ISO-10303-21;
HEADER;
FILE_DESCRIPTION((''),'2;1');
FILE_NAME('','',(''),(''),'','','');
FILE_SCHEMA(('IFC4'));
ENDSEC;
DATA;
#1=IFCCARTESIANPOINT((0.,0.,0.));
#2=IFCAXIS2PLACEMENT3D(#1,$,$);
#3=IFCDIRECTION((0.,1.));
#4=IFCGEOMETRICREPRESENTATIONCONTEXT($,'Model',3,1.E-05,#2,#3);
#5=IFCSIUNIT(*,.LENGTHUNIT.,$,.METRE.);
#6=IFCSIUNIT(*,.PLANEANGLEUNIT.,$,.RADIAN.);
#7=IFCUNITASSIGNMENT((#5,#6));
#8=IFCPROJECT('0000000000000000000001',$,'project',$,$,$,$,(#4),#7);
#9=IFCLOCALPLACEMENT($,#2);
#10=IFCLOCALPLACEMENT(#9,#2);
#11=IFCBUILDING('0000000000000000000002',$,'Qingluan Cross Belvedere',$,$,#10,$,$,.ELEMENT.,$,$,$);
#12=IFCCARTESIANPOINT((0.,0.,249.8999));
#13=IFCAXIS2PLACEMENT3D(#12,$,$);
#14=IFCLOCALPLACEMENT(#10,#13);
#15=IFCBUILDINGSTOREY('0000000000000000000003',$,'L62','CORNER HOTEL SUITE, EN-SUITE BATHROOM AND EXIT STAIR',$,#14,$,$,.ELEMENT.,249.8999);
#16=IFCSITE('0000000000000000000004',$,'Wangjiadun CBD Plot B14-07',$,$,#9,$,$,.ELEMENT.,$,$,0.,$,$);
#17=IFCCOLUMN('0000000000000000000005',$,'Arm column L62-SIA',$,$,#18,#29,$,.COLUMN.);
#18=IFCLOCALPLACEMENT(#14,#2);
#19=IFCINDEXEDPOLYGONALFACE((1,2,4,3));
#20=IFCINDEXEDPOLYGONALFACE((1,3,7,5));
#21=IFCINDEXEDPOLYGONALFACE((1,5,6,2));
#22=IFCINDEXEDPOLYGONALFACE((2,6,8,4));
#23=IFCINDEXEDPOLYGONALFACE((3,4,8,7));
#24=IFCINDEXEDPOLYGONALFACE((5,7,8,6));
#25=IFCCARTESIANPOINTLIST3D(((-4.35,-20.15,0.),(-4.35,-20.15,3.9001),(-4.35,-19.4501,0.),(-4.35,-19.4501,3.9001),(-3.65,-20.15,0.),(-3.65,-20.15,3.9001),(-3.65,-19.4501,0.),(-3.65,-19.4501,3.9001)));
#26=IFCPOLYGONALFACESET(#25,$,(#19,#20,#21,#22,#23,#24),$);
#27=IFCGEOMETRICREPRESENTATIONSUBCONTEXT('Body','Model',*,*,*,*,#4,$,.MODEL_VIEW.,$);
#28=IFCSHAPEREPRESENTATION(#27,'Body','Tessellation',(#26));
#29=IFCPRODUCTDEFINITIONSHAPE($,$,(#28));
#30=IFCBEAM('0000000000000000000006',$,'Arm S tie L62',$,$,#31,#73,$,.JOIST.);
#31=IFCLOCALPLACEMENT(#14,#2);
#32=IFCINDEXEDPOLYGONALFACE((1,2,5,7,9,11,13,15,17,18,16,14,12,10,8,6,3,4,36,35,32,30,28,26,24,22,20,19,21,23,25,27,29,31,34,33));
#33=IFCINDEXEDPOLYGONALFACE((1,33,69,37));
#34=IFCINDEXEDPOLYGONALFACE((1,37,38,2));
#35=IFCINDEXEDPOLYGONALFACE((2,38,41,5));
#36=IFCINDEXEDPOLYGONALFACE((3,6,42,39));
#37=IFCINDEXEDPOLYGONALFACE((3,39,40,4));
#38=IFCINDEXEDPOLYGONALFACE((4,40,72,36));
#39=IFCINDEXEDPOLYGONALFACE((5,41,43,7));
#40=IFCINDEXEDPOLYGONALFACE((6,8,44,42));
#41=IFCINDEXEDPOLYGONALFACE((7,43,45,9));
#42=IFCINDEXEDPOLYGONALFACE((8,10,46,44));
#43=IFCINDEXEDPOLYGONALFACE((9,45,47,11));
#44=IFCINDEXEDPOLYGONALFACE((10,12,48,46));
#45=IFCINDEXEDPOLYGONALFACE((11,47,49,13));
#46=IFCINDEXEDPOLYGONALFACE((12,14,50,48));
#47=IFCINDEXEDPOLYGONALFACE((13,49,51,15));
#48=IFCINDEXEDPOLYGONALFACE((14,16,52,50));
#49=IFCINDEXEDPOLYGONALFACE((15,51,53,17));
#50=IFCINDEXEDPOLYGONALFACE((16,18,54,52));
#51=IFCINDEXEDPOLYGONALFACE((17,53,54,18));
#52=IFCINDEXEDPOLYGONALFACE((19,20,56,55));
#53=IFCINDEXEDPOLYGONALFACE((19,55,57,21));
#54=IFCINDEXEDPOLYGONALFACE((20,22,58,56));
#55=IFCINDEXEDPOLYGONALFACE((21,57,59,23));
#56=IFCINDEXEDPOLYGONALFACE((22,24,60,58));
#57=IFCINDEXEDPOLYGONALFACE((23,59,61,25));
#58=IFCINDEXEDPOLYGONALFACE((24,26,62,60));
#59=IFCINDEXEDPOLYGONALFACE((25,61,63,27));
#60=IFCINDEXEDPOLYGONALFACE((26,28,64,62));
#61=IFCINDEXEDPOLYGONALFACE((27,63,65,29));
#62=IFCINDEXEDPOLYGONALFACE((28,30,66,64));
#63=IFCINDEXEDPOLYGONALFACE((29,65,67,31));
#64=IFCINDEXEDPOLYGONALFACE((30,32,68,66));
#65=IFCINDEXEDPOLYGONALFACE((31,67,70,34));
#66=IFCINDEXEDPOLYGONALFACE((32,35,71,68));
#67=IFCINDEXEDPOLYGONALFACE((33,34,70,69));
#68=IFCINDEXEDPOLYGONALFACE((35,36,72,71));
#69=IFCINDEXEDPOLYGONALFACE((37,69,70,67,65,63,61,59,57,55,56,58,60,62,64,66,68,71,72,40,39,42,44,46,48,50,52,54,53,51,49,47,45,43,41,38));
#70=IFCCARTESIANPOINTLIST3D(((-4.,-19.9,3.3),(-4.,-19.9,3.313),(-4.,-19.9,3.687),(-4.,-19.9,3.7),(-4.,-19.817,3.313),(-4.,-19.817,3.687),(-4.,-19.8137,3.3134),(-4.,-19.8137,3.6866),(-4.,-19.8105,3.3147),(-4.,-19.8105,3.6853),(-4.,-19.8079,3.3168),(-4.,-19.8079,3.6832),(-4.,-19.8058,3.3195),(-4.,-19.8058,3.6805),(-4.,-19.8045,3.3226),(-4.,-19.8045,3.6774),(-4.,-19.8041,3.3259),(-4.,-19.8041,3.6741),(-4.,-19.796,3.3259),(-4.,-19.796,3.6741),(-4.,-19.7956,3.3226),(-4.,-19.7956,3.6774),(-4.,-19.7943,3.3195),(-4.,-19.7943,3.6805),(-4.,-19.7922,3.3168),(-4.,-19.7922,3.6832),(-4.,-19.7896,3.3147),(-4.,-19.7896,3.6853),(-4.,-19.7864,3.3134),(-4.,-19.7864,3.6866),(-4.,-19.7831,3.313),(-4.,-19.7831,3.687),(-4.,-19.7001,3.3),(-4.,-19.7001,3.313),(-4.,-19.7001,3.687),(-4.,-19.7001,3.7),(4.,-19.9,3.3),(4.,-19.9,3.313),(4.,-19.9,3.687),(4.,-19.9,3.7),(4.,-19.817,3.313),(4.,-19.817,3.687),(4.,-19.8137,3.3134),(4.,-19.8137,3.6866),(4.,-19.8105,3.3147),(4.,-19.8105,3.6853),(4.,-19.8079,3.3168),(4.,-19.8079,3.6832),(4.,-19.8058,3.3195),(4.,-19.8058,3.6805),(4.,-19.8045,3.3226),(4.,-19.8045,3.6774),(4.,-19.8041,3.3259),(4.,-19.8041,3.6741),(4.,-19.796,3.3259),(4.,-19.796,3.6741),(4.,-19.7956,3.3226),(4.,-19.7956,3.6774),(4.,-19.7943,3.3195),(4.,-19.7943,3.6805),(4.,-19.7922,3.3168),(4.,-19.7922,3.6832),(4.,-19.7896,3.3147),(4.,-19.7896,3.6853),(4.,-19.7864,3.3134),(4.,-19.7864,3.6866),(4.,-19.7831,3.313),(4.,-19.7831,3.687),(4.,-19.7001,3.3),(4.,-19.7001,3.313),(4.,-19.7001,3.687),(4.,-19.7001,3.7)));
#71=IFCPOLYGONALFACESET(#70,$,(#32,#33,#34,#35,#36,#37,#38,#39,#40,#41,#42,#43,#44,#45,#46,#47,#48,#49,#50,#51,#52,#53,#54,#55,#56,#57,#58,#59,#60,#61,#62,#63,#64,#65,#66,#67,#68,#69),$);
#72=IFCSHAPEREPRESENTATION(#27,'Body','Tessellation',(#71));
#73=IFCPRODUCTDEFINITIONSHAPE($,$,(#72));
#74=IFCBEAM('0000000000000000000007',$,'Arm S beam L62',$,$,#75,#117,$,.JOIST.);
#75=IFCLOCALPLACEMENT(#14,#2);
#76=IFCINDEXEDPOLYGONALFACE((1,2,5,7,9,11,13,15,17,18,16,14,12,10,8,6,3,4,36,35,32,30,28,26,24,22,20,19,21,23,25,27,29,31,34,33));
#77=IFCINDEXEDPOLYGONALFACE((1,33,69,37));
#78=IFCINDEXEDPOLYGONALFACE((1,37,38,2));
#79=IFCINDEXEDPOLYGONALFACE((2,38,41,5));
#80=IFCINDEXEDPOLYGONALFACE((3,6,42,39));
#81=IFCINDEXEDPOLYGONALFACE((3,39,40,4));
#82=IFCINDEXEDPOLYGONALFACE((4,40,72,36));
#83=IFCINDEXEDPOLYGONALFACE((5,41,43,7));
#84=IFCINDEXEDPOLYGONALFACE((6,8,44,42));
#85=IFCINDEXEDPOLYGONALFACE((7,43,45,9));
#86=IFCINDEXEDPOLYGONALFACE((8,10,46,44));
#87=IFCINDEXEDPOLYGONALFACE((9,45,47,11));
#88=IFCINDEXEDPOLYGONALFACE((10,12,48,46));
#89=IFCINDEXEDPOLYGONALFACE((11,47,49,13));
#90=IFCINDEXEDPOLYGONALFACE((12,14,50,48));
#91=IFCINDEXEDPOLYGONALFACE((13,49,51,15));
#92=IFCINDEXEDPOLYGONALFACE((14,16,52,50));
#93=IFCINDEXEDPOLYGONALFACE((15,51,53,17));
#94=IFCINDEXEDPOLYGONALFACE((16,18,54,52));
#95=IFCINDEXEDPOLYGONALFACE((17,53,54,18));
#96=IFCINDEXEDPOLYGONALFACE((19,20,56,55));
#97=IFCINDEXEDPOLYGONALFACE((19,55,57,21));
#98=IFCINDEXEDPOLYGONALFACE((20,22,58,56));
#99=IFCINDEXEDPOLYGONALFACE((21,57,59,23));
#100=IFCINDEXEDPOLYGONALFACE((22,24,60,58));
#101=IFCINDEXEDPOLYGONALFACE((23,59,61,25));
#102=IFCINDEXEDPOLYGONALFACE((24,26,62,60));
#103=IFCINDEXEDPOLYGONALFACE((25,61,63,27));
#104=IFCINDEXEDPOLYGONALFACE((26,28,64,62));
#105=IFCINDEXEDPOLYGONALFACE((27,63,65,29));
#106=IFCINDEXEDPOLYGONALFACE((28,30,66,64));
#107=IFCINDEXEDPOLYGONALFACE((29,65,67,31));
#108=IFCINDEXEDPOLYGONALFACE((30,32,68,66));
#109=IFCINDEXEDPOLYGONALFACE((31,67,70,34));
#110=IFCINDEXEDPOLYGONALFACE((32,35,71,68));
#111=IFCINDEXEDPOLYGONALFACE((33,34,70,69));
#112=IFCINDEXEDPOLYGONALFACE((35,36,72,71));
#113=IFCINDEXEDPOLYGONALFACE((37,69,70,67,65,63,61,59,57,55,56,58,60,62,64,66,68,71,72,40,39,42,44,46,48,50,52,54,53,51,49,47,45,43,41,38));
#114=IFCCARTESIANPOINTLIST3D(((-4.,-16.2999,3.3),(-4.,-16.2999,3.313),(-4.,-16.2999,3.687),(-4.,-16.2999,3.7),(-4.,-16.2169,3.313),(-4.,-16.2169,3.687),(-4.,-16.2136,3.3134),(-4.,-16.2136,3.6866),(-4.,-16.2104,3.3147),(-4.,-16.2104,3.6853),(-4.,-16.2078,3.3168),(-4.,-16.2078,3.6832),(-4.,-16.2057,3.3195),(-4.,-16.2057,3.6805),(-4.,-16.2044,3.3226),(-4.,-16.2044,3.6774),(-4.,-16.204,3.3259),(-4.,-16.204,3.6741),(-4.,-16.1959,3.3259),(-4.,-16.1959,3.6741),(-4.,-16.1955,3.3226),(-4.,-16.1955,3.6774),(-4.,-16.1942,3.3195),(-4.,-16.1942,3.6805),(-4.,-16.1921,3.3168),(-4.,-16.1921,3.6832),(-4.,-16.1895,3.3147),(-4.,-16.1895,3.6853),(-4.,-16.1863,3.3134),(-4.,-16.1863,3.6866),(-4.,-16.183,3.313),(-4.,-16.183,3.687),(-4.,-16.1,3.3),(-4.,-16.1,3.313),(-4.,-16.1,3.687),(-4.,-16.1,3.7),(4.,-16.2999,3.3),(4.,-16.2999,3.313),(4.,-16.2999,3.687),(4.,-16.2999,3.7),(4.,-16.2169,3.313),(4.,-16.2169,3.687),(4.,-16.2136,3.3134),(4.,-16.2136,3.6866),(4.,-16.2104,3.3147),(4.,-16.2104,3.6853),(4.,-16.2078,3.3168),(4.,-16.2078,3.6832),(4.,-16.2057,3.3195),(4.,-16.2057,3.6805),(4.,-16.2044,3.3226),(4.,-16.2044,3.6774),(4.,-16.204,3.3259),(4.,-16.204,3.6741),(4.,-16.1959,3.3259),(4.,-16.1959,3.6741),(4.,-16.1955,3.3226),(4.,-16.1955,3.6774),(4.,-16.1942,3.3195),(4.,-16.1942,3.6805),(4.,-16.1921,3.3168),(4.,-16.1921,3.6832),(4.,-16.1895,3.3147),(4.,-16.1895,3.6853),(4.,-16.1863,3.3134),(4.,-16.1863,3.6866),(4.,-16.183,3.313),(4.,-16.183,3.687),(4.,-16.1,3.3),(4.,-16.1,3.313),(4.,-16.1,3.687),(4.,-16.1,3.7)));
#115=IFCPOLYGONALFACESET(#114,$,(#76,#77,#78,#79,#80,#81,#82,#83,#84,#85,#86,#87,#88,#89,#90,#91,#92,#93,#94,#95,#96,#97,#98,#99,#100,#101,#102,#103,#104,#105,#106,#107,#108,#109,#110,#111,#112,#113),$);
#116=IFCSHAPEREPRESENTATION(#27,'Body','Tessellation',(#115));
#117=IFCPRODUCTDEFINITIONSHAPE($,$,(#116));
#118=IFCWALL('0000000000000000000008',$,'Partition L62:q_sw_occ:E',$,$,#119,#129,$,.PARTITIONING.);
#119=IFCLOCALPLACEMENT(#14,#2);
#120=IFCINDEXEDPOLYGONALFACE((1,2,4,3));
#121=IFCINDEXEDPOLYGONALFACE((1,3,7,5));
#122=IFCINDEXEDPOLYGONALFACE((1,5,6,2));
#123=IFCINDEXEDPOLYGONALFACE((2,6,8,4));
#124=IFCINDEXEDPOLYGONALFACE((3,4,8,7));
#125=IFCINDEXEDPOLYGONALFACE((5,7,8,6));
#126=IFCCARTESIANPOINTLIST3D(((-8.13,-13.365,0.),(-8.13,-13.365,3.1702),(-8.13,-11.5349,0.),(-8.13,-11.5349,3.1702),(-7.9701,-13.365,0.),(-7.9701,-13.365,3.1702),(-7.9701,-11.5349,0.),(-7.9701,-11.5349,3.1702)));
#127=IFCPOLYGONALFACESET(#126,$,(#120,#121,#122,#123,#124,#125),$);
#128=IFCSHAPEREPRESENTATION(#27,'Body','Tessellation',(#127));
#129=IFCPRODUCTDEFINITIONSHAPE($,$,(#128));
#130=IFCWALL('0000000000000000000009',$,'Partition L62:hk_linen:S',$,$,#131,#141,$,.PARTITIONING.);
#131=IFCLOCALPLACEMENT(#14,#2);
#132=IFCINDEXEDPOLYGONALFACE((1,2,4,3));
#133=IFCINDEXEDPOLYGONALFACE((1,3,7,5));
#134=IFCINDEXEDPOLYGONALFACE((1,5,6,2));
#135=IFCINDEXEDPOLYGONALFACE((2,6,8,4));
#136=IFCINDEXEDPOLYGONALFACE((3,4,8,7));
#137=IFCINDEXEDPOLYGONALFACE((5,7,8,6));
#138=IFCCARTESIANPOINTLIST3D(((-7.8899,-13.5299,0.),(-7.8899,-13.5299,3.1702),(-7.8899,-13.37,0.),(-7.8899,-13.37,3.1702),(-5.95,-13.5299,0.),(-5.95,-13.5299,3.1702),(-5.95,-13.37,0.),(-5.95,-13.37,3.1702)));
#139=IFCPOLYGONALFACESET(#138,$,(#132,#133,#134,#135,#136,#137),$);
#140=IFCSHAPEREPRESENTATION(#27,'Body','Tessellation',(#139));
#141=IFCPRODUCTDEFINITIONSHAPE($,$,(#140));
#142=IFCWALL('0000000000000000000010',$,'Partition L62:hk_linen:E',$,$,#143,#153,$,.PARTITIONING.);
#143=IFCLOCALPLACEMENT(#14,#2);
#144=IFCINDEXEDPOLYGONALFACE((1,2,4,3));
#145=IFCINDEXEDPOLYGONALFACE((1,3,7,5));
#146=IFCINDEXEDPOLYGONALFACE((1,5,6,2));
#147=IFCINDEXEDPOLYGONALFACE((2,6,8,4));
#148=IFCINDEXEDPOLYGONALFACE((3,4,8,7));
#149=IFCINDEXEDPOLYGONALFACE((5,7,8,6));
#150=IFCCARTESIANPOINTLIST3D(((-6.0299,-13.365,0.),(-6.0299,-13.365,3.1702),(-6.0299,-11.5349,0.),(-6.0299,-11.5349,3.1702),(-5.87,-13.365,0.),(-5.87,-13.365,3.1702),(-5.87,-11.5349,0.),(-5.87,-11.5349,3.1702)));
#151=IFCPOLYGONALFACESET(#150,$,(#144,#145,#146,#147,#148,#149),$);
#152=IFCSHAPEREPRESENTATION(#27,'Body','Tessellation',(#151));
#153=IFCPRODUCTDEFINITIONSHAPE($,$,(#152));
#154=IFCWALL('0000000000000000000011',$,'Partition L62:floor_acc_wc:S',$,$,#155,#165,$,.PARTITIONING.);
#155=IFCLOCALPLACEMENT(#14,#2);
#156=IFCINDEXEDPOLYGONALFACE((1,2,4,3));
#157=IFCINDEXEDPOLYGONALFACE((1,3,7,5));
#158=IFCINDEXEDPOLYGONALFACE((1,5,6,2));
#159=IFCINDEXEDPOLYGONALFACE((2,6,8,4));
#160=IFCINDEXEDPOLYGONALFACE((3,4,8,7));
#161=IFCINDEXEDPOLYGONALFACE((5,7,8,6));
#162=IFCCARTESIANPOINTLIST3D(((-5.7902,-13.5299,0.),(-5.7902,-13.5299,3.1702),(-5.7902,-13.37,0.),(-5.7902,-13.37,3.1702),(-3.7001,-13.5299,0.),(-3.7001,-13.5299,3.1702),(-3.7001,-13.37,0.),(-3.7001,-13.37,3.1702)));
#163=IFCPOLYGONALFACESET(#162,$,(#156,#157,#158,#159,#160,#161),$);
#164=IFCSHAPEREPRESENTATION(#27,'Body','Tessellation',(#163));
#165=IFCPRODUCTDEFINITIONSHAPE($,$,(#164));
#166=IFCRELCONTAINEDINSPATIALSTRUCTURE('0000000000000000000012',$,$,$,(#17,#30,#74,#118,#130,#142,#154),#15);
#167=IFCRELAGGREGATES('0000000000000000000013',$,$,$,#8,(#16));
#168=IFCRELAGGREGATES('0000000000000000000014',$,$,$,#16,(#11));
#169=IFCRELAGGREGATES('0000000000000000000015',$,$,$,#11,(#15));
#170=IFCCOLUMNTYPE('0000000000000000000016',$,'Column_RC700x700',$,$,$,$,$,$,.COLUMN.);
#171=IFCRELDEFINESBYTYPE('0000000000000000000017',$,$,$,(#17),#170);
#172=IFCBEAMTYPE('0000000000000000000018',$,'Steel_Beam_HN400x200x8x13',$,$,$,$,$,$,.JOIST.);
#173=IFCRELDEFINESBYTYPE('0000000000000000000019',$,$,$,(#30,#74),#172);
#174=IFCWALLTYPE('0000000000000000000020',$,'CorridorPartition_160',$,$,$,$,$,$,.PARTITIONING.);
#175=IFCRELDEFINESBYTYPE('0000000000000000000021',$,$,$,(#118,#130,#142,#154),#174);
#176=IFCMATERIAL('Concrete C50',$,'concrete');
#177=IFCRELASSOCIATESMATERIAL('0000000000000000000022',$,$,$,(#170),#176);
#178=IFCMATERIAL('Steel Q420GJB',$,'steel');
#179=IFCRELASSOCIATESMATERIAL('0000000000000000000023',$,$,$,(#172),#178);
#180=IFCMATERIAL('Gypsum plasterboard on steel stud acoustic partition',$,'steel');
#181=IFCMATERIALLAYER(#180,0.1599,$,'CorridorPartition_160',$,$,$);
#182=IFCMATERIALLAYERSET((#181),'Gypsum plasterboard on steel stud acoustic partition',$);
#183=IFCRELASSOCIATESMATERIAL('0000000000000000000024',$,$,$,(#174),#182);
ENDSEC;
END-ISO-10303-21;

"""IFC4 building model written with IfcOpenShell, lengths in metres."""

from ifc_helpers import new_model, si_unit, direction, frame, frame_2d, origin, origin_2d, place, context, subcontext, project, spatial, rectangle, i_section, extrude, material, layer, layer_set, material_profile, profile_set, type_object, element, save


model = new_model("IFC4")

# Units and contexts
model_context = context("Model", 3, precision=1e-05, world=origin(), true_north=direction((0.0, 1.0)))
body_context = subcontext(model_context, "Body", "Model", "MODEL_VIEW")
ifc_project = project(units=[si_unit("LENGTHUNIT", "METRE"), si_unit("PLANEANGLEUNIT", "RADIAN")], contexts=[model_context])

# Site, building, storey
site_placement = place(None, origin())
site = spatial("IfcSite", under=ifc_project, at=site_placement, Name="Wangjiadun CBD Plot B14-07", CompositionType="ELEMENT", RefElevation=0.0)
building_placement = place(site_placement, origin())
building = spatial("IfcBuilding", under=site, at=building_placement, Name="Qingluan Cross Belvedere", CompositionType="ELEMENT")
storey_placement = place(building_placement, frame((0.0, 0.0, 249.8999)))
storey = spatial("IfcBuildingStorey", under=building, at=storey_placement, Name="L62", Description="CORNER HOTEL SUITE, EN-SUITE BATHROOM AND EXIT STAIR", CompositionType="ELEMENT", Elevation=249.8999)

# Column
ifc_material_1 = material(Name="Concrete C50", Category="concrete")
ifc_material_profile_1 = material_profile(ifc_material_1, rectangle(XDim=0.7, YDim=0.7, at=origin_2d()), Name="RC700x700")
ifc_profile_set_1 = profile_set([ifc_material_profile_1], Name="Concrete C50")
column_type = type_object("IfcColumnType", Name="Column_RC700x700", PredefinedType="COLUMN", material=ifc_profile_set_1)
column_placement = place(storey_placement, frame((-4.0, -19.8, 0.0), z_axis=(0.0, 0.0, 1.0), x_axis=(1.0, 0.0, 0.0)))
element("IfcColumn", 1, at=column_placement, inside=storey, type_object=column_type, Name="Arm column L62-SIA", PredefinedType="COLUMN", context=body_context, shape_type="SweptSolid", body=[
    extrude(rectangle(XDim=0.7, YDim=0.7, at=origin_2d()), origin(), (0.0, 0.0, 1.0), 3.9001),
])

# Beams
ifc_material_2 = material(Name="Steel Q420GJB", Category="steel")
ifc_material_profile_2 = material_profile(ifc_material_2, i_section(OverallWidth=0.2, OverallDepth=0.3999, WebThickness=0.0081, FlangeThickness=0.0129, FilletRadius=0.0129, at=origin_2d()), Name="HN400x200x8x13")
ifc_profile_set_2 = profile_set([ifc_material_profile_2], Name="Steel Q420GJB")
beam_type = type_object("IfcBeamType", Name="Steel_Beam_HN400x200x8x13", PredefinedType="JOIST", material=ifc_profile_set_2)
for number, where, z_axis, x_axis, name in (
    (2, (-4.0, -19.8, 3.5), (1.0, 0.0, 0.0), (0.0, 1.0, 0.0), "Arm S tie L62"),
    (3, (-4.0, -16.2, 3.5), (1.0, 0.0, 0.0), (0.0, 1.0, 0.0), "Arm S beam L62"),
):
    element("IfcBeam", number, at=place(storey_placement, frame(where, z_axis=z_axis, x_axis=x_axis)), inside=storey, type_object=beam_type, Name=name, PredefinedType="JOIST", context=body_context, shape_type="SweptSolid", body=[
        extrude(i_section(OverallWidth=0.2, OverallDepth=0.3999, WebThickness=0.0081, FlangeThickness=0.0129, FilletRadius=0.0129, at=origin_2d()), origin(), (0.0, 0.0, 1.0), 8.0),
    ])

# Walls
ifc_material_3 = material(Name="Gypsum plasterboard on steel stud acoustic partition", Category="steel")
ifc_layer_1 = layer(ifc_material_3, 0.1599, Name="CorridorPartition_160")
ifc_layer_set_1 = layer_set([ifc_layer_1], Name="Gypsum plasterboard on steel stud acoustic partition")
wall_type_1 = type_object("IfcWallType", Name="CorridorPartition_160", PredefinedType="PARTITIONING", material=ifc_layer_set_1)
wall_1_placement = place(storey_placement, frame((-8.05, -13.365, 0.0), z_axis=(0.0, 0.0, 1.0), x_axis=(0.0, 1.0, 0.0)))
element("IfcWall", 4, at=wall_1_placement, inside=storey, type_object=wall_type_1, Name="Partition L62:q_sw_occ:E", PredefinedType="PARTITIONING", context=body_context, shape_type="SweptSolid", body=[
    extrude(rectangle(XDim=1.8301, YDim=0.1599, at=frame_2d((0.915, 0.0))), origin(), (0.0, 0.0, 1.0), 3.1702),
])
wall_2_placement = place(storey_placement, frame((-7.8899, -13.45, 0.0), z_axis=(0.0, 0.0, 1.0), x_axis=(1.0, 0.0, 0.0)))
element("IfcWall", 5, at=wall_2_placement, inside=storey, type_object=wall_type_1, Name="Partition L62:hk_linen:S", PredefinedType="PARTITIONING", context=body_context, shape_type="SweptSolid", body=[
    extrude(rectangle(XDim=1.9399, YDim=0.1599, at=frame_2d((0.97, 0.0))), origin(), (0.0, 0.0, 1.0), 3.1702),
])
wall_3_placement = place(storey_placement, frame((-5.95, -13.365, 0.0), z_axis=(0.0, 0.0, 1.0), x_axis=(0.0, 1.0, 0.0)))
element("IfcWall", 6, at=wall_3_placement, inside=storey, type_object=wall_type_1, Name="Partition L62:hk_linen:E", PredefinedType="PARTITIONING", context=body_context, shape_type="SweptSolid", body=[
    extrude(rectangle(XDim=1.8301, YDim=0.1599, at=frame_2d((0.915, 0.0))), origin(), (0.0, 0.0, 1.0), 3.1702),
])
wall_4_placement = place(storey_placement, frame((-5.79, -13.45, 0.0), z_axis=(0.0, 0.0, 1.0), x_axis=(1.0, 0.0, 0.0)))
element("IfcWall", 7, at=wall_4_placement, inside=storey, type_object=wall_type_1, Name="Partition L62:floor_acc_wc:S", PredefinedType="PARTITIONING", context=body_context, shape_type="SweptSolid", body=[
    extrude(rectangle(XDim=2.0901, YDim=0.1599, at=frame_2d((1.0449, 0.0))), origin(), (0.0, 0.0, 1.0), 3.1702),
])

save(model, "model.ifc")
